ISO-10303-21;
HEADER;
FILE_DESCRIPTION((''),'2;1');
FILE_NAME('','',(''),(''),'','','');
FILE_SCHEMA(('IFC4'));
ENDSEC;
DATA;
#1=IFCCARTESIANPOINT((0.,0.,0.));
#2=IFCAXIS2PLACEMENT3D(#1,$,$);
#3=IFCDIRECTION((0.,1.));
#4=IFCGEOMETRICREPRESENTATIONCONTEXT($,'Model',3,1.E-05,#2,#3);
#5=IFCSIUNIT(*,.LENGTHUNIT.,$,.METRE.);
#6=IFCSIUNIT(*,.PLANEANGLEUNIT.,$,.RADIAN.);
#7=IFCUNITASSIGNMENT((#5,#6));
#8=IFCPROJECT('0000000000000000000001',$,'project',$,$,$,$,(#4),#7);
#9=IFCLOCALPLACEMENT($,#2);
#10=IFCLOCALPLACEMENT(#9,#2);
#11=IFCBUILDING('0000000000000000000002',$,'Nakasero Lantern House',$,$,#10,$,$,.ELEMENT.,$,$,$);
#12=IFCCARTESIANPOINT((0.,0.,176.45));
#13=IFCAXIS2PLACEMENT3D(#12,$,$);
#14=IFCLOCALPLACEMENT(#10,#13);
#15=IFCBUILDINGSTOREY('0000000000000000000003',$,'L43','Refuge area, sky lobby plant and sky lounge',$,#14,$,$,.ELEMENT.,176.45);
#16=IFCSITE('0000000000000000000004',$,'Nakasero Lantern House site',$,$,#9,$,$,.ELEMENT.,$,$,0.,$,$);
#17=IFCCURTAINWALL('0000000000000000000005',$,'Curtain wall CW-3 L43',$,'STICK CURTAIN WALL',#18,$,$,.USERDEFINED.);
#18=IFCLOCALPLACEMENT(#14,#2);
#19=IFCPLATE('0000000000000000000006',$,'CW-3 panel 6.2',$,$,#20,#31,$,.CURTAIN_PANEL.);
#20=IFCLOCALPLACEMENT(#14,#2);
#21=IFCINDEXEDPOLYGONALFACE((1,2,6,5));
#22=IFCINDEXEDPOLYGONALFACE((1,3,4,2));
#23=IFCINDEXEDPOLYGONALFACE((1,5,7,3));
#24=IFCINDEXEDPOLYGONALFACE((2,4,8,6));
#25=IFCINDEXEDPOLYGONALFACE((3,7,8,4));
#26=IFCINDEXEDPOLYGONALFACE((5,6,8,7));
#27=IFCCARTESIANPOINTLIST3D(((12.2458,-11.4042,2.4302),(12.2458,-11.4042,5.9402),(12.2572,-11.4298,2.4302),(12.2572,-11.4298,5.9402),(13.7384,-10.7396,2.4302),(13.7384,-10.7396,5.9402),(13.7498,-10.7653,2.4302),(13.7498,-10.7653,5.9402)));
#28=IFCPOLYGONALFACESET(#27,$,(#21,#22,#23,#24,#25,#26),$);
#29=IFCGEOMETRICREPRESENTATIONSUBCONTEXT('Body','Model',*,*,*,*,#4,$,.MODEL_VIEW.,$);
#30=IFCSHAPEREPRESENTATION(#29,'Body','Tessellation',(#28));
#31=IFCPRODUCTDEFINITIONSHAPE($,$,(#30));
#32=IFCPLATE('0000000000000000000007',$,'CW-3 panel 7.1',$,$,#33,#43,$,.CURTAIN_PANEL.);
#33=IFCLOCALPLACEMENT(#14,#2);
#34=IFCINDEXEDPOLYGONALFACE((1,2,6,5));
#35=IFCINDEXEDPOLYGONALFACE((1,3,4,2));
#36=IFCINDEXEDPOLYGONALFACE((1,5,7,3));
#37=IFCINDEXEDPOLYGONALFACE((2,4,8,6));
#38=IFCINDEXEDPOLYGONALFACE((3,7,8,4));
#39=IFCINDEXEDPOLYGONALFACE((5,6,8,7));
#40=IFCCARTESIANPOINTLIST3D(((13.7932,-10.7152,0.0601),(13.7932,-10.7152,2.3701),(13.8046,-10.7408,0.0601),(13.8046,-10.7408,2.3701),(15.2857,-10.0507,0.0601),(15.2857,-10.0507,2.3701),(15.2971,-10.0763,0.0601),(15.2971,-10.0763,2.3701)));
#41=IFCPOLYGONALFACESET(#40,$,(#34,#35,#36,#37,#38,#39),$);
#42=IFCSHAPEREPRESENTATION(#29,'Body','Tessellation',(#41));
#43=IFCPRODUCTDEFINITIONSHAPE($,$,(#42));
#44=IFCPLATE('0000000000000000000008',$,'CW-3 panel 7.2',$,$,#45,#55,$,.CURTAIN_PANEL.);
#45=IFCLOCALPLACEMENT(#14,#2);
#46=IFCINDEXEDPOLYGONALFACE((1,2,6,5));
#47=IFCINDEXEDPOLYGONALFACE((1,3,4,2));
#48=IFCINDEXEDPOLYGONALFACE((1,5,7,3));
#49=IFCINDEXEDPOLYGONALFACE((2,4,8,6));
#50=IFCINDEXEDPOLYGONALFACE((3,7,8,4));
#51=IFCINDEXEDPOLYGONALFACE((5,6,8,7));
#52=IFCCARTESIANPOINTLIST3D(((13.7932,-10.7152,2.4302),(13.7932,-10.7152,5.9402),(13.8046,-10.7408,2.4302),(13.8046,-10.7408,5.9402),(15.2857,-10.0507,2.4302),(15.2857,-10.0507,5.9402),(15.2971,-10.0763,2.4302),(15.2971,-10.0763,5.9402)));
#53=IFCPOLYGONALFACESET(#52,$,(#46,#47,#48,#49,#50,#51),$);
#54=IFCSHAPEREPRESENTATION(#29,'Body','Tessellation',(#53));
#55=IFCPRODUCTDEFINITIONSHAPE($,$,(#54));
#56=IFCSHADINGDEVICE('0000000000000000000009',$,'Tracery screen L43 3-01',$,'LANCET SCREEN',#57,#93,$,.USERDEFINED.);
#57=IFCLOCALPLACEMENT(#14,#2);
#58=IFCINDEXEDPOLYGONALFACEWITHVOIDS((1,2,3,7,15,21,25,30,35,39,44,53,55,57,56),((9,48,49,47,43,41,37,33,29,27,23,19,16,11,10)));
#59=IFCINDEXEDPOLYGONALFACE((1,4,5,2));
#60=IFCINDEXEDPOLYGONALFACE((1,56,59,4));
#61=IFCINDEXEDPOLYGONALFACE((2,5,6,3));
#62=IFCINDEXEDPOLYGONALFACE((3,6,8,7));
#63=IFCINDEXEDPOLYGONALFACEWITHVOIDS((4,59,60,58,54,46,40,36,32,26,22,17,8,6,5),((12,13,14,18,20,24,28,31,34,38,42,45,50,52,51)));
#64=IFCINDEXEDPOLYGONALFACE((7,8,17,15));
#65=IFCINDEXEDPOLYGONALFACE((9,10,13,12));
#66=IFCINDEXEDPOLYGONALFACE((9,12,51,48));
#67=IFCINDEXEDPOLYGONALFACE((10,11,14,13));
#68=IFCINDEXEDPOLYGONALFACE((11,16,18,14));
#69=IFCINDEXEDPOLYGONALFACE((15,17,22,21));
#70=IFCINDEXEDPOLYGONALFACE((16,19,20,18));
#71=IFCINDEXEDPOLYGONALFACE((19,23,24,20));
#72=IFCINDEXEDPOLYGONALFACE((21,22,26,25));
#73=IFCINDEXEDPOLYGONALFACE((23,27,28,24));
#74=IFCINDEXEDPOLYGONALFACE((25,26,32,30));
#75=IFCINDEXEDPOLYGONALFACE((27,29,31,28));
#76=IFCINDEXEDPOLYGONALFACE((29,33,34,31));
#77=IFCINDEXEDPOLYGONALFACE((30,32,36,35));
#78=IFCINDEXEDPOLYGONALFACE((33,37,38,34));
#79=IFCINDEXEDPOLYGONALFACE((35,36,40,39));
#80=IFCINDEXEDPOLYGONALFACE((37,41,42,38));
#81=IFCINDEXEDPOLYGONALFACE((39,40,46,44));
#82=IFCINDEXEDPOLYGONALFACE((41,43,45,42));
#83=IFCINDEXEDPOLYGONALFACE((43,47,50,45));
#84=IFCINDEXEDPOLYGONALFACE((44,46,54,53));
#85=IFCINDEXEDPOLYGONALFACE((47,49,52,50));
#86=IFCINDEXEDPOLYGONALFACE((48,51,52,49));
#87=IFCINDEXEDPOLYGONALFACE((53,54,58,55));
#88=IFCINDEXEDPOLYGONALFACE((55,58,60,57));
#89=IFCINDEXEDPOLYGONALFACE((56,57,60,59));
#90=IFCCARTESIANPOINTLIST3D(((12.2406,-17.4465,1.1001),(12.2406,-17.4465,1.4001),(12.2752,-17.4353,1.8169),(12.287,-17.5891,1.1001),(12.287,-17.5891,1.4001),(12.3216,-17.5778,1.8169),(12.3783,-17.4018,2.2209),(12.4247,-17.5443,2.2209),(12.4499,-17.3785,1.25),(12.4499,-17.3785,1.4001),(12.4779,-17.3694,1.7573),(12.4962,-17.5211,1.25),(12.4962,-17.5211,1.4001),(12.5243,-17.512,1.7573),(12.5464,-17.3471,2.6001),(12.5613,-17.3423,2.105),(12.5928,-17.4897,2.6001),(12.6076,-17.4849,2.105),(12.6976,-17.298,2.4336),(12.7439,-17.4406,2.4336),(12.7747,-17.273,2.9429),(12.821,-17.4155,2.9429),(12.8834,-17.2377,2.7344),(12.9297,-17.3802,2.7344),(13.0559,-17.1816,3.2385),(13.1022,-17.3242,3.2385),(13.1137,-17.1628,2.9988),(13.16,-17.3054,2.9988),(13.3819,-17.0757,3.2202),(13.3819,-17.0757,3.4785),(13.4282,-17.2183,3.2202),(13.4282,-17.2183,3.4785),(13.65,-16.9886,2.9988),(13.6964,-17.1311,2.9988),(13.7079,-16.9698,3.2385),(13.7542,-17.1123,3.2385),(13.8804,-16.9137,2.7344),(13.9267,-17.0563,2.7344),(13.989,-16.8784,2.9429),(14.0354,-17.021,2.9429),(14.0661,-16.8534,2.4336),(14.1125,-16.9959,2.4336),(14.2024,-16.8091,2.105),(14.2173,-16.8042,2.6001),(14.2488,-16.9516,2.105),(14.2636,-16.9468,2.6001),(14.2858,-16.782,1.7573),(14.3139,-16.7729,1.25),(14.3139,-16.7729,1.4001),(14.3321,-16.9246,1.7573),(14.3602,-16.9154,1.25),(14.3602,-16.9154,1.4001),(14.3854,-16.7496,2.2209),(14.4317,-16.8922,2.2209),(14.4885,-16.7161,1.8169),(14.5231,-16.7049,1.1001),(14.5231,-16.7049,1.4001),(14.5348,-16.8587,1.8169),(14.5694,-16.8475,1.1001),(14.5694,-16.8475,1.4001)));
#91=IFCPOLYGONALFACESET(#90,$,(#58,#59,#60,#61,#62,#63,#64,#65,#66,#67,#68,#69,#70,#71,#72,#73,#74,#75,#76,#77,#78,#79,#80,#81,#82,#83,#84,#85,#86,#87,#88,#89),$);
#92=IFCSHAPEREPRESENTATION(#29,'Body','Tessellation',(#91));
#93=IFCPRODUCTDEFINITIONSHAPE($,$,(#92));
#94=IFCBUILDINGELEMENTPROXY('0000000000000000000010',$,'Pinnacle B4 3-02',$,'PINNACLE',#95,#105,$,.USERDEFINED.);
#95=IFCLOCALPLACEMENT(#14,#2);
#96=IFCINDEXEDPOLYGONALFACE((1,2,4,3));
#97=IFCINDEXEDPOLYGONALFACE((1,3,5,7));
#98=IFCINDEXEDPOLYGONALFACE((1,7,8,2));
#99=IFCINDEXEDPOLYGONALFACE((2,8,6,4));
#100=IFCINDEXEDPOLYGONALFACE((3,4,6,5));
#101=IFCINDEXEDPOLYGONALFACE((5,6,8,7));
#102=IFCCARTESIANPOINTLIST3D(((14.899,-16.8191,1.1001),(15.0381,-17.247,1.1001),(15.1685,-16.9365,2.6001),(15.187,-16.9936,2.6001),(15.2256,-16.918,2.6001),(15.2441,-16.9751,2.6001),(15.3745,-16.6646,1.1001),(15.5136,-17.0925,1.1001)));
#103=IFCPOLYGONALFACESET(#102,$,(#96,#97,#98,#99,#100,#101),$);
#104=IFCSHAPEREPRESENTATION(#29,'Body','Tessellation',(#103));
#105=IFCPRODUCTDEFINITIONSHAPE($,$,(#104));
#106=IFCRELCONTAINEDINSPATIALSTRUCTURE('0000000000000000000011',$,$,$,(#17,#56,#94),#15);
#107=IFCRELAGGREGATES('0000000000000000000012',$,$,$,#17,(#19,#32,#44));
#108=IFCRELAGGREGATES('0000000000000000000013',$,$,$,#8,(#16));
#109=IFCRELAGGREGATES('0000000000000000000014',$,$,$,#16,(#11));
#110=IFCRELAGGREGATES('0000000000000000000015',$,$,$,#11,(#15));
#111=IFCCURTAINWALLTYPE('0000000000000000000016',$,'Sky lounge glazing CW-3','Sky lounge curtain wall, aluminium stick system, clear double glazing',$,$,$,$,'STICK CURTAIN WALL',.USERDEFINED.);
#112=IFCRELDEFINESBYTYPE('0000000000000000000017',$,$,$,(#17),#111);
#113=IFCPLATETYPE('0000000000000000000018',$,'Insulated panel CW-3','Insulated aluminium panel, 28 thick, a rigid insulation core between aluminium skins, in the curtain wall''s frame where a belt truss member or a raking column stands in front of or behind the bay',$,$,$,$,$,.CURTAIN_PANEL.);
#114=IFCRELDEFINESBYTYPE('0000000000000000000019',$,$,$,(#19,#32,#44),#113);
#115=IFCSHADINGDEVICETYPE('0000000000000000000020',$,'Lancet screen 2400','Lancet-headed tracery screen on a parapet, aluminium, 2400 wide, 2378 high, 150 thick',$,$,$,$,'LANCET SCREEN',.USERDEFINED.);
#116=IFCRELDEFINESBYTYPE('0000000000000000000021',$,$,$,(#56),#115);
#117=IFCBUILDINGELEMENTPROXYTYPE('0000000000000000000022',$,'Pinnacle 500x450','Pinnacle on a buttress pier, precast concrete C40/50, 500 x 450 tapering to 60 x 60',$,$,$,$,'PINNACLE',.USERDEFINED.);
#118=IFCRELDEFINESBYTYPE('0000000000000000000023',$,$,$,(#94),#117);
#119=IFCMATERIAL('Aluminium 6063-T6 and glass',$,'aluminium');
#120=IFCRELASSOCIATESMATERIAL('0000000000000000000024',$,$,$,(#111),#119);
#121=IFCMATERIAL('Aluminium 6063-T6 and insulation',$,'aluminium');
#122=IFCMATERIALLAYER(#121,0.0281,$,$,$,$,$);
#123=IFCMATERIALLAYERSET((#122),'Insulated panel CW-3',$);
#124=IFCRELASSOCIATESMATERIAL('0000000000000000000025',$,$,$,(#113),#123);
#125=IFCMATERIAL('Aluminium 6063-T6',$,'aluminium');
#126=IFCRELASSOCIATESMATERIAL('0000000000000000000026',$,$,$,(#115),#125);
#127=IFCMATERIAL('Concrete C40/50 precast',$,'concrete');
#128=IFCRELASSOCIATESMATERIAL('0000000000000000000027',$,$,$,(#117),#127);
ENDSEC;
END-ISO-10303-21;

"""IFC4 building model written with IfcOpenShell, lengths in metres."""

from ifc_helpers import new_model, entity, si_unit, direction, frame, origin, origin_2d, place, context, subcontext, project, spatial, polyline, rectangle, outline, extrude, material, layer, layer_set, type_object, element, aggregate, save


model = new_model("IFC4")

# Units and contexts
model_context = context("Model", 3, precision=1e-05, world=origin(), true_north=direction((0.0, 1.0)))
body_context = subcontext(model_context, "Body", "Model", "MODEL_VIEW")
ifc_project = project(units=[si_unit("LENGTHUNIT", "METRE"), si_unit("PLANEANGLEUNIT", "RADIAN")], contexts=[model_context])

# Site, building, storey
site_placement = place(None, origin())
site = spatial("IfcSite", under=ifc_project, at=site_placement, Name="Nakasero Lantern House site", CompositionType="ELEMENT", RefElevation=0.0)
building_placement = place(site_placement, origin())
building = spatial("IfcBuilding", under=site, at=building_placement, Name="Nakasero Lantern House", CompositionType="ELEMENT")
storey_placement = place(building_placement, frame((0.0, 0.0, 176.45)))
storey = spatial("IfcBuildingStorey", under=building, at=storey_placement, Name="L43", Description="Refuge area, sky lobby plant and sky lounge", CompositionType="ELEMENT", Elevation=176.45)

# Curtain wall
ifc_material_1 = material(Name="Aluminium 6063-T6 and glass", Category="aluminium")
curtain_wall_type = type_object("IfcCurtainWallType", Name="Sky lounge glazing CW-3", Description="Sky lounge curtain wall, aluminium stick system, clear double glazing", ElementType="STICK CURTAIN WALL", PredefinedType="USERDEFINED", material=ifc_material_1)
curtain_wall_placement = place(storey_placement, origin())
curtain_wall = element("IfcCurtainWall", 1, at=curtain_wall_placement, inside=storey, type_object=curtain_wall_type, Name="Curtain wall CW-3 L43", ObjectType="STICK CURTAIN WALL", PredefinedType="USERDEFINED")

# Plates
ifc_material_2 = material(Name="Aluminium 6063-T6 and insulation", Category="aluminium")
ifc_layer = layer(ifc_material_2, 0.0281)
ifc_layer_set = layer_set([ifc_layer], Name="Insulated panel CW-3")
plate_type = type_object("IfcPlateType", Name="Insulated panel CW-3", Description="Insulated aluminium panel, 28 thick, a rigid insulation core between aluminium skins, in the curtain wall's frame where a belt truss member or a raking column stands in front of or behind the bay", PredefinedType="CURTAIN_PANEL", material=ifc_layer_set)
plate_1_placement = place(storey_placement, frame((12.9978, -11.0847, 2.4302), z_axis=(0.0, 0.0, 1.0), x_axis=(0.913545, 0.406737, 0.0)))
plate_1 = element("IfcPlate", 2, at=plate_1_placement, type_object=plate_type, Name="CW-3 panel 6.2", PredefinedType="CURTAIN_PANEL", context=body_context, shape_type="SweptSolid", body=[
    extrude(rectangle(XDim=1.6338, YDim=0.0281, at=origin_2d()), origin(), (0.0, 0.0, 1.0), 3.51),
])
plate_2_placement = place(storey_placement, frame((14.5452, -10.3958, 0.0601), z_axis=(0.0, 0.0, 1.0), x_axis=(0.913545, 0.406737, 0.0)))
plate_2 = element("IfcPlate", 3, at=plate_2_placement, type_object=plate_type, Name="CW-3 panel 7.1", PredefinedType="CURTAIN_PANEL", context=body_context, shape_type="SweptSolid", body=[
    extrude(rectangle(XDim=1.6338, YDim=0.0281, at=origin_2d()), origin(), (0.0, 0.0, 1.0), 2.3101),
])
plate_3_placement = place(storey_placement, frame((14.5452, -10.3958, 2.4302), z_axis=(0.0, 0.0, 1.0), x_axis=(0.913545, 0.406737, 0.0)))
plate_3 = element("IfcPlate", 4, at=plate_3_placement, type_object=plate_type, Name="CW-3 panel 7.2", PredefinedType="CURTAIN_PANEL", context=body_context, shape_type="SweptSolid", body=[
    extrude(rectangle(XDim=1.6338, YDim=0.0281, at=origin_2d()), origin(), (0.0, 0.0, 1.0), 3.51),
])
aggregate(curtain_wall, [plate_1, plate_2, plate_3])

# Shading device
ifc_material_3 = material(Name="Aluminium 6063-T6", Category="aluminium")
shading_device_type = type_object("IfcShadingDeviceType", Name="Lancet screen 2400", Description="Lancet-headed tracery screen on a parapet, aluminium, 2400 wide, 2378 high, 150 thick", ElementType="LANCET SCREEN", PredefinedType="USERDEFINED", material=ifc_material_3)
shading_device_placement = place(storey_placement, frame((13.405, -17.147, 1.1001), z_axis=(0.0, 0.0, 1.0), x_axis=(0.951057, 0.309017, 0.0)))
element("IfcShadingDevice", 5, at=shading_device_placement, inside=storey, type_object=shading_device_type, Name="Tracery screen L43 3-01", ObjectType="LANCET SCREEN", PredefinedType="USERDEFINED", context=body_context, shape_type="SweptSolid", body=[
    extrude(outline(polyline([(-1.2, 0.0), (1.2, 0.0), (1.2, 0.3), (1.1636, 0.7168), (1.0552, 1.1208), (0.8784, 1.5), (0.6384, 1.8428), (0.3428, 2.1384), (0.0, 2.3784), (-0.3428, 2.1384), (-0.6384, 1.8428), (-0.8784, 1.5), (-1.0552, 1.1208), (-1.1636, 0.7168), (-1.2, 0.3), (-1.2, 0.0)]), holes=[polyline([(-0.98, 0.1499), (0.98, 0.1499), (0.98, 0.3), (0.9504, 0.6572), (0.8628, 1.0049), (0.7195, 1.3335), (0.5242, 1.6343), (0.282, 1.8987), (0.0, 2.1201), (-0.282, 1.8987), (-0.5242, 1.6343), (-0.7195, 1.3335), (-0.8628, 1.0049), (-0.9504, 0.6572), (-0.98, 0.3), (-0.98, 0.1499)])]), frame((0.0, 0.075, 0.0), z_axis=(0.0, -1.0, 0.0), x_axis=(1.0, 0.0, 0.0)), (0.0, 0.0, 1.0), 0.1499),
])

# Building element proxy
ifc_material_4 = material(Name="Concrete C40/50 precast", Category="concrete")
building_element_proxy_type = type_object("IfcBuildingElementProxyType", Name="Pinnacle 500x450", Description="Pinnacle on a buttress pier, precast concrete C40/50, 500 x 450 tapering to 60 x 60", ElementType="PINNACLE", PredefinedType="USERDEFINED", material=ifc_material_4)
proxy_placement = place(storey_placement, frame((15.2063, -16.9558, 1.1001), z_axis=(0.0, 0.0, 1.0), x_axis=(0.309017, -0.951057, 0.0)))
element("IfcBuildingElementProxy", 6, at=proxy_placement, inside=storey, type_object=building_element_proxy_type, Name="Pinnacle B4 3-02", ObjectType="PINNACLE", PredefinedType="USERDEFINED", context=body_context, shape_type="SweptSolid", body=[
    entity("IfcExtrudedAreaSolidTapered", entity("IfcRectangleProfileDef", "AREA", None, entity("IfcAxis2Placement2D", entity("IfcCartesianPoint", [0.0, 0.0])), 0.45, 0.5), entity("IfcAxis2Placement3D", entity("IfcCartesianPoint", [0.0, 0.0, 0.0])), entity("IfcDirection", [0.0, 0.0, 1.0]), 1.5, entity("IfcRectangleProfileDef", "AREA", None, entity("IfcAxis2Placement2D", entity("IfcCartesianPoint", [0.0, 0.0])), 0.0601, 0.0601)),
])

save(model, "model.ifc")
